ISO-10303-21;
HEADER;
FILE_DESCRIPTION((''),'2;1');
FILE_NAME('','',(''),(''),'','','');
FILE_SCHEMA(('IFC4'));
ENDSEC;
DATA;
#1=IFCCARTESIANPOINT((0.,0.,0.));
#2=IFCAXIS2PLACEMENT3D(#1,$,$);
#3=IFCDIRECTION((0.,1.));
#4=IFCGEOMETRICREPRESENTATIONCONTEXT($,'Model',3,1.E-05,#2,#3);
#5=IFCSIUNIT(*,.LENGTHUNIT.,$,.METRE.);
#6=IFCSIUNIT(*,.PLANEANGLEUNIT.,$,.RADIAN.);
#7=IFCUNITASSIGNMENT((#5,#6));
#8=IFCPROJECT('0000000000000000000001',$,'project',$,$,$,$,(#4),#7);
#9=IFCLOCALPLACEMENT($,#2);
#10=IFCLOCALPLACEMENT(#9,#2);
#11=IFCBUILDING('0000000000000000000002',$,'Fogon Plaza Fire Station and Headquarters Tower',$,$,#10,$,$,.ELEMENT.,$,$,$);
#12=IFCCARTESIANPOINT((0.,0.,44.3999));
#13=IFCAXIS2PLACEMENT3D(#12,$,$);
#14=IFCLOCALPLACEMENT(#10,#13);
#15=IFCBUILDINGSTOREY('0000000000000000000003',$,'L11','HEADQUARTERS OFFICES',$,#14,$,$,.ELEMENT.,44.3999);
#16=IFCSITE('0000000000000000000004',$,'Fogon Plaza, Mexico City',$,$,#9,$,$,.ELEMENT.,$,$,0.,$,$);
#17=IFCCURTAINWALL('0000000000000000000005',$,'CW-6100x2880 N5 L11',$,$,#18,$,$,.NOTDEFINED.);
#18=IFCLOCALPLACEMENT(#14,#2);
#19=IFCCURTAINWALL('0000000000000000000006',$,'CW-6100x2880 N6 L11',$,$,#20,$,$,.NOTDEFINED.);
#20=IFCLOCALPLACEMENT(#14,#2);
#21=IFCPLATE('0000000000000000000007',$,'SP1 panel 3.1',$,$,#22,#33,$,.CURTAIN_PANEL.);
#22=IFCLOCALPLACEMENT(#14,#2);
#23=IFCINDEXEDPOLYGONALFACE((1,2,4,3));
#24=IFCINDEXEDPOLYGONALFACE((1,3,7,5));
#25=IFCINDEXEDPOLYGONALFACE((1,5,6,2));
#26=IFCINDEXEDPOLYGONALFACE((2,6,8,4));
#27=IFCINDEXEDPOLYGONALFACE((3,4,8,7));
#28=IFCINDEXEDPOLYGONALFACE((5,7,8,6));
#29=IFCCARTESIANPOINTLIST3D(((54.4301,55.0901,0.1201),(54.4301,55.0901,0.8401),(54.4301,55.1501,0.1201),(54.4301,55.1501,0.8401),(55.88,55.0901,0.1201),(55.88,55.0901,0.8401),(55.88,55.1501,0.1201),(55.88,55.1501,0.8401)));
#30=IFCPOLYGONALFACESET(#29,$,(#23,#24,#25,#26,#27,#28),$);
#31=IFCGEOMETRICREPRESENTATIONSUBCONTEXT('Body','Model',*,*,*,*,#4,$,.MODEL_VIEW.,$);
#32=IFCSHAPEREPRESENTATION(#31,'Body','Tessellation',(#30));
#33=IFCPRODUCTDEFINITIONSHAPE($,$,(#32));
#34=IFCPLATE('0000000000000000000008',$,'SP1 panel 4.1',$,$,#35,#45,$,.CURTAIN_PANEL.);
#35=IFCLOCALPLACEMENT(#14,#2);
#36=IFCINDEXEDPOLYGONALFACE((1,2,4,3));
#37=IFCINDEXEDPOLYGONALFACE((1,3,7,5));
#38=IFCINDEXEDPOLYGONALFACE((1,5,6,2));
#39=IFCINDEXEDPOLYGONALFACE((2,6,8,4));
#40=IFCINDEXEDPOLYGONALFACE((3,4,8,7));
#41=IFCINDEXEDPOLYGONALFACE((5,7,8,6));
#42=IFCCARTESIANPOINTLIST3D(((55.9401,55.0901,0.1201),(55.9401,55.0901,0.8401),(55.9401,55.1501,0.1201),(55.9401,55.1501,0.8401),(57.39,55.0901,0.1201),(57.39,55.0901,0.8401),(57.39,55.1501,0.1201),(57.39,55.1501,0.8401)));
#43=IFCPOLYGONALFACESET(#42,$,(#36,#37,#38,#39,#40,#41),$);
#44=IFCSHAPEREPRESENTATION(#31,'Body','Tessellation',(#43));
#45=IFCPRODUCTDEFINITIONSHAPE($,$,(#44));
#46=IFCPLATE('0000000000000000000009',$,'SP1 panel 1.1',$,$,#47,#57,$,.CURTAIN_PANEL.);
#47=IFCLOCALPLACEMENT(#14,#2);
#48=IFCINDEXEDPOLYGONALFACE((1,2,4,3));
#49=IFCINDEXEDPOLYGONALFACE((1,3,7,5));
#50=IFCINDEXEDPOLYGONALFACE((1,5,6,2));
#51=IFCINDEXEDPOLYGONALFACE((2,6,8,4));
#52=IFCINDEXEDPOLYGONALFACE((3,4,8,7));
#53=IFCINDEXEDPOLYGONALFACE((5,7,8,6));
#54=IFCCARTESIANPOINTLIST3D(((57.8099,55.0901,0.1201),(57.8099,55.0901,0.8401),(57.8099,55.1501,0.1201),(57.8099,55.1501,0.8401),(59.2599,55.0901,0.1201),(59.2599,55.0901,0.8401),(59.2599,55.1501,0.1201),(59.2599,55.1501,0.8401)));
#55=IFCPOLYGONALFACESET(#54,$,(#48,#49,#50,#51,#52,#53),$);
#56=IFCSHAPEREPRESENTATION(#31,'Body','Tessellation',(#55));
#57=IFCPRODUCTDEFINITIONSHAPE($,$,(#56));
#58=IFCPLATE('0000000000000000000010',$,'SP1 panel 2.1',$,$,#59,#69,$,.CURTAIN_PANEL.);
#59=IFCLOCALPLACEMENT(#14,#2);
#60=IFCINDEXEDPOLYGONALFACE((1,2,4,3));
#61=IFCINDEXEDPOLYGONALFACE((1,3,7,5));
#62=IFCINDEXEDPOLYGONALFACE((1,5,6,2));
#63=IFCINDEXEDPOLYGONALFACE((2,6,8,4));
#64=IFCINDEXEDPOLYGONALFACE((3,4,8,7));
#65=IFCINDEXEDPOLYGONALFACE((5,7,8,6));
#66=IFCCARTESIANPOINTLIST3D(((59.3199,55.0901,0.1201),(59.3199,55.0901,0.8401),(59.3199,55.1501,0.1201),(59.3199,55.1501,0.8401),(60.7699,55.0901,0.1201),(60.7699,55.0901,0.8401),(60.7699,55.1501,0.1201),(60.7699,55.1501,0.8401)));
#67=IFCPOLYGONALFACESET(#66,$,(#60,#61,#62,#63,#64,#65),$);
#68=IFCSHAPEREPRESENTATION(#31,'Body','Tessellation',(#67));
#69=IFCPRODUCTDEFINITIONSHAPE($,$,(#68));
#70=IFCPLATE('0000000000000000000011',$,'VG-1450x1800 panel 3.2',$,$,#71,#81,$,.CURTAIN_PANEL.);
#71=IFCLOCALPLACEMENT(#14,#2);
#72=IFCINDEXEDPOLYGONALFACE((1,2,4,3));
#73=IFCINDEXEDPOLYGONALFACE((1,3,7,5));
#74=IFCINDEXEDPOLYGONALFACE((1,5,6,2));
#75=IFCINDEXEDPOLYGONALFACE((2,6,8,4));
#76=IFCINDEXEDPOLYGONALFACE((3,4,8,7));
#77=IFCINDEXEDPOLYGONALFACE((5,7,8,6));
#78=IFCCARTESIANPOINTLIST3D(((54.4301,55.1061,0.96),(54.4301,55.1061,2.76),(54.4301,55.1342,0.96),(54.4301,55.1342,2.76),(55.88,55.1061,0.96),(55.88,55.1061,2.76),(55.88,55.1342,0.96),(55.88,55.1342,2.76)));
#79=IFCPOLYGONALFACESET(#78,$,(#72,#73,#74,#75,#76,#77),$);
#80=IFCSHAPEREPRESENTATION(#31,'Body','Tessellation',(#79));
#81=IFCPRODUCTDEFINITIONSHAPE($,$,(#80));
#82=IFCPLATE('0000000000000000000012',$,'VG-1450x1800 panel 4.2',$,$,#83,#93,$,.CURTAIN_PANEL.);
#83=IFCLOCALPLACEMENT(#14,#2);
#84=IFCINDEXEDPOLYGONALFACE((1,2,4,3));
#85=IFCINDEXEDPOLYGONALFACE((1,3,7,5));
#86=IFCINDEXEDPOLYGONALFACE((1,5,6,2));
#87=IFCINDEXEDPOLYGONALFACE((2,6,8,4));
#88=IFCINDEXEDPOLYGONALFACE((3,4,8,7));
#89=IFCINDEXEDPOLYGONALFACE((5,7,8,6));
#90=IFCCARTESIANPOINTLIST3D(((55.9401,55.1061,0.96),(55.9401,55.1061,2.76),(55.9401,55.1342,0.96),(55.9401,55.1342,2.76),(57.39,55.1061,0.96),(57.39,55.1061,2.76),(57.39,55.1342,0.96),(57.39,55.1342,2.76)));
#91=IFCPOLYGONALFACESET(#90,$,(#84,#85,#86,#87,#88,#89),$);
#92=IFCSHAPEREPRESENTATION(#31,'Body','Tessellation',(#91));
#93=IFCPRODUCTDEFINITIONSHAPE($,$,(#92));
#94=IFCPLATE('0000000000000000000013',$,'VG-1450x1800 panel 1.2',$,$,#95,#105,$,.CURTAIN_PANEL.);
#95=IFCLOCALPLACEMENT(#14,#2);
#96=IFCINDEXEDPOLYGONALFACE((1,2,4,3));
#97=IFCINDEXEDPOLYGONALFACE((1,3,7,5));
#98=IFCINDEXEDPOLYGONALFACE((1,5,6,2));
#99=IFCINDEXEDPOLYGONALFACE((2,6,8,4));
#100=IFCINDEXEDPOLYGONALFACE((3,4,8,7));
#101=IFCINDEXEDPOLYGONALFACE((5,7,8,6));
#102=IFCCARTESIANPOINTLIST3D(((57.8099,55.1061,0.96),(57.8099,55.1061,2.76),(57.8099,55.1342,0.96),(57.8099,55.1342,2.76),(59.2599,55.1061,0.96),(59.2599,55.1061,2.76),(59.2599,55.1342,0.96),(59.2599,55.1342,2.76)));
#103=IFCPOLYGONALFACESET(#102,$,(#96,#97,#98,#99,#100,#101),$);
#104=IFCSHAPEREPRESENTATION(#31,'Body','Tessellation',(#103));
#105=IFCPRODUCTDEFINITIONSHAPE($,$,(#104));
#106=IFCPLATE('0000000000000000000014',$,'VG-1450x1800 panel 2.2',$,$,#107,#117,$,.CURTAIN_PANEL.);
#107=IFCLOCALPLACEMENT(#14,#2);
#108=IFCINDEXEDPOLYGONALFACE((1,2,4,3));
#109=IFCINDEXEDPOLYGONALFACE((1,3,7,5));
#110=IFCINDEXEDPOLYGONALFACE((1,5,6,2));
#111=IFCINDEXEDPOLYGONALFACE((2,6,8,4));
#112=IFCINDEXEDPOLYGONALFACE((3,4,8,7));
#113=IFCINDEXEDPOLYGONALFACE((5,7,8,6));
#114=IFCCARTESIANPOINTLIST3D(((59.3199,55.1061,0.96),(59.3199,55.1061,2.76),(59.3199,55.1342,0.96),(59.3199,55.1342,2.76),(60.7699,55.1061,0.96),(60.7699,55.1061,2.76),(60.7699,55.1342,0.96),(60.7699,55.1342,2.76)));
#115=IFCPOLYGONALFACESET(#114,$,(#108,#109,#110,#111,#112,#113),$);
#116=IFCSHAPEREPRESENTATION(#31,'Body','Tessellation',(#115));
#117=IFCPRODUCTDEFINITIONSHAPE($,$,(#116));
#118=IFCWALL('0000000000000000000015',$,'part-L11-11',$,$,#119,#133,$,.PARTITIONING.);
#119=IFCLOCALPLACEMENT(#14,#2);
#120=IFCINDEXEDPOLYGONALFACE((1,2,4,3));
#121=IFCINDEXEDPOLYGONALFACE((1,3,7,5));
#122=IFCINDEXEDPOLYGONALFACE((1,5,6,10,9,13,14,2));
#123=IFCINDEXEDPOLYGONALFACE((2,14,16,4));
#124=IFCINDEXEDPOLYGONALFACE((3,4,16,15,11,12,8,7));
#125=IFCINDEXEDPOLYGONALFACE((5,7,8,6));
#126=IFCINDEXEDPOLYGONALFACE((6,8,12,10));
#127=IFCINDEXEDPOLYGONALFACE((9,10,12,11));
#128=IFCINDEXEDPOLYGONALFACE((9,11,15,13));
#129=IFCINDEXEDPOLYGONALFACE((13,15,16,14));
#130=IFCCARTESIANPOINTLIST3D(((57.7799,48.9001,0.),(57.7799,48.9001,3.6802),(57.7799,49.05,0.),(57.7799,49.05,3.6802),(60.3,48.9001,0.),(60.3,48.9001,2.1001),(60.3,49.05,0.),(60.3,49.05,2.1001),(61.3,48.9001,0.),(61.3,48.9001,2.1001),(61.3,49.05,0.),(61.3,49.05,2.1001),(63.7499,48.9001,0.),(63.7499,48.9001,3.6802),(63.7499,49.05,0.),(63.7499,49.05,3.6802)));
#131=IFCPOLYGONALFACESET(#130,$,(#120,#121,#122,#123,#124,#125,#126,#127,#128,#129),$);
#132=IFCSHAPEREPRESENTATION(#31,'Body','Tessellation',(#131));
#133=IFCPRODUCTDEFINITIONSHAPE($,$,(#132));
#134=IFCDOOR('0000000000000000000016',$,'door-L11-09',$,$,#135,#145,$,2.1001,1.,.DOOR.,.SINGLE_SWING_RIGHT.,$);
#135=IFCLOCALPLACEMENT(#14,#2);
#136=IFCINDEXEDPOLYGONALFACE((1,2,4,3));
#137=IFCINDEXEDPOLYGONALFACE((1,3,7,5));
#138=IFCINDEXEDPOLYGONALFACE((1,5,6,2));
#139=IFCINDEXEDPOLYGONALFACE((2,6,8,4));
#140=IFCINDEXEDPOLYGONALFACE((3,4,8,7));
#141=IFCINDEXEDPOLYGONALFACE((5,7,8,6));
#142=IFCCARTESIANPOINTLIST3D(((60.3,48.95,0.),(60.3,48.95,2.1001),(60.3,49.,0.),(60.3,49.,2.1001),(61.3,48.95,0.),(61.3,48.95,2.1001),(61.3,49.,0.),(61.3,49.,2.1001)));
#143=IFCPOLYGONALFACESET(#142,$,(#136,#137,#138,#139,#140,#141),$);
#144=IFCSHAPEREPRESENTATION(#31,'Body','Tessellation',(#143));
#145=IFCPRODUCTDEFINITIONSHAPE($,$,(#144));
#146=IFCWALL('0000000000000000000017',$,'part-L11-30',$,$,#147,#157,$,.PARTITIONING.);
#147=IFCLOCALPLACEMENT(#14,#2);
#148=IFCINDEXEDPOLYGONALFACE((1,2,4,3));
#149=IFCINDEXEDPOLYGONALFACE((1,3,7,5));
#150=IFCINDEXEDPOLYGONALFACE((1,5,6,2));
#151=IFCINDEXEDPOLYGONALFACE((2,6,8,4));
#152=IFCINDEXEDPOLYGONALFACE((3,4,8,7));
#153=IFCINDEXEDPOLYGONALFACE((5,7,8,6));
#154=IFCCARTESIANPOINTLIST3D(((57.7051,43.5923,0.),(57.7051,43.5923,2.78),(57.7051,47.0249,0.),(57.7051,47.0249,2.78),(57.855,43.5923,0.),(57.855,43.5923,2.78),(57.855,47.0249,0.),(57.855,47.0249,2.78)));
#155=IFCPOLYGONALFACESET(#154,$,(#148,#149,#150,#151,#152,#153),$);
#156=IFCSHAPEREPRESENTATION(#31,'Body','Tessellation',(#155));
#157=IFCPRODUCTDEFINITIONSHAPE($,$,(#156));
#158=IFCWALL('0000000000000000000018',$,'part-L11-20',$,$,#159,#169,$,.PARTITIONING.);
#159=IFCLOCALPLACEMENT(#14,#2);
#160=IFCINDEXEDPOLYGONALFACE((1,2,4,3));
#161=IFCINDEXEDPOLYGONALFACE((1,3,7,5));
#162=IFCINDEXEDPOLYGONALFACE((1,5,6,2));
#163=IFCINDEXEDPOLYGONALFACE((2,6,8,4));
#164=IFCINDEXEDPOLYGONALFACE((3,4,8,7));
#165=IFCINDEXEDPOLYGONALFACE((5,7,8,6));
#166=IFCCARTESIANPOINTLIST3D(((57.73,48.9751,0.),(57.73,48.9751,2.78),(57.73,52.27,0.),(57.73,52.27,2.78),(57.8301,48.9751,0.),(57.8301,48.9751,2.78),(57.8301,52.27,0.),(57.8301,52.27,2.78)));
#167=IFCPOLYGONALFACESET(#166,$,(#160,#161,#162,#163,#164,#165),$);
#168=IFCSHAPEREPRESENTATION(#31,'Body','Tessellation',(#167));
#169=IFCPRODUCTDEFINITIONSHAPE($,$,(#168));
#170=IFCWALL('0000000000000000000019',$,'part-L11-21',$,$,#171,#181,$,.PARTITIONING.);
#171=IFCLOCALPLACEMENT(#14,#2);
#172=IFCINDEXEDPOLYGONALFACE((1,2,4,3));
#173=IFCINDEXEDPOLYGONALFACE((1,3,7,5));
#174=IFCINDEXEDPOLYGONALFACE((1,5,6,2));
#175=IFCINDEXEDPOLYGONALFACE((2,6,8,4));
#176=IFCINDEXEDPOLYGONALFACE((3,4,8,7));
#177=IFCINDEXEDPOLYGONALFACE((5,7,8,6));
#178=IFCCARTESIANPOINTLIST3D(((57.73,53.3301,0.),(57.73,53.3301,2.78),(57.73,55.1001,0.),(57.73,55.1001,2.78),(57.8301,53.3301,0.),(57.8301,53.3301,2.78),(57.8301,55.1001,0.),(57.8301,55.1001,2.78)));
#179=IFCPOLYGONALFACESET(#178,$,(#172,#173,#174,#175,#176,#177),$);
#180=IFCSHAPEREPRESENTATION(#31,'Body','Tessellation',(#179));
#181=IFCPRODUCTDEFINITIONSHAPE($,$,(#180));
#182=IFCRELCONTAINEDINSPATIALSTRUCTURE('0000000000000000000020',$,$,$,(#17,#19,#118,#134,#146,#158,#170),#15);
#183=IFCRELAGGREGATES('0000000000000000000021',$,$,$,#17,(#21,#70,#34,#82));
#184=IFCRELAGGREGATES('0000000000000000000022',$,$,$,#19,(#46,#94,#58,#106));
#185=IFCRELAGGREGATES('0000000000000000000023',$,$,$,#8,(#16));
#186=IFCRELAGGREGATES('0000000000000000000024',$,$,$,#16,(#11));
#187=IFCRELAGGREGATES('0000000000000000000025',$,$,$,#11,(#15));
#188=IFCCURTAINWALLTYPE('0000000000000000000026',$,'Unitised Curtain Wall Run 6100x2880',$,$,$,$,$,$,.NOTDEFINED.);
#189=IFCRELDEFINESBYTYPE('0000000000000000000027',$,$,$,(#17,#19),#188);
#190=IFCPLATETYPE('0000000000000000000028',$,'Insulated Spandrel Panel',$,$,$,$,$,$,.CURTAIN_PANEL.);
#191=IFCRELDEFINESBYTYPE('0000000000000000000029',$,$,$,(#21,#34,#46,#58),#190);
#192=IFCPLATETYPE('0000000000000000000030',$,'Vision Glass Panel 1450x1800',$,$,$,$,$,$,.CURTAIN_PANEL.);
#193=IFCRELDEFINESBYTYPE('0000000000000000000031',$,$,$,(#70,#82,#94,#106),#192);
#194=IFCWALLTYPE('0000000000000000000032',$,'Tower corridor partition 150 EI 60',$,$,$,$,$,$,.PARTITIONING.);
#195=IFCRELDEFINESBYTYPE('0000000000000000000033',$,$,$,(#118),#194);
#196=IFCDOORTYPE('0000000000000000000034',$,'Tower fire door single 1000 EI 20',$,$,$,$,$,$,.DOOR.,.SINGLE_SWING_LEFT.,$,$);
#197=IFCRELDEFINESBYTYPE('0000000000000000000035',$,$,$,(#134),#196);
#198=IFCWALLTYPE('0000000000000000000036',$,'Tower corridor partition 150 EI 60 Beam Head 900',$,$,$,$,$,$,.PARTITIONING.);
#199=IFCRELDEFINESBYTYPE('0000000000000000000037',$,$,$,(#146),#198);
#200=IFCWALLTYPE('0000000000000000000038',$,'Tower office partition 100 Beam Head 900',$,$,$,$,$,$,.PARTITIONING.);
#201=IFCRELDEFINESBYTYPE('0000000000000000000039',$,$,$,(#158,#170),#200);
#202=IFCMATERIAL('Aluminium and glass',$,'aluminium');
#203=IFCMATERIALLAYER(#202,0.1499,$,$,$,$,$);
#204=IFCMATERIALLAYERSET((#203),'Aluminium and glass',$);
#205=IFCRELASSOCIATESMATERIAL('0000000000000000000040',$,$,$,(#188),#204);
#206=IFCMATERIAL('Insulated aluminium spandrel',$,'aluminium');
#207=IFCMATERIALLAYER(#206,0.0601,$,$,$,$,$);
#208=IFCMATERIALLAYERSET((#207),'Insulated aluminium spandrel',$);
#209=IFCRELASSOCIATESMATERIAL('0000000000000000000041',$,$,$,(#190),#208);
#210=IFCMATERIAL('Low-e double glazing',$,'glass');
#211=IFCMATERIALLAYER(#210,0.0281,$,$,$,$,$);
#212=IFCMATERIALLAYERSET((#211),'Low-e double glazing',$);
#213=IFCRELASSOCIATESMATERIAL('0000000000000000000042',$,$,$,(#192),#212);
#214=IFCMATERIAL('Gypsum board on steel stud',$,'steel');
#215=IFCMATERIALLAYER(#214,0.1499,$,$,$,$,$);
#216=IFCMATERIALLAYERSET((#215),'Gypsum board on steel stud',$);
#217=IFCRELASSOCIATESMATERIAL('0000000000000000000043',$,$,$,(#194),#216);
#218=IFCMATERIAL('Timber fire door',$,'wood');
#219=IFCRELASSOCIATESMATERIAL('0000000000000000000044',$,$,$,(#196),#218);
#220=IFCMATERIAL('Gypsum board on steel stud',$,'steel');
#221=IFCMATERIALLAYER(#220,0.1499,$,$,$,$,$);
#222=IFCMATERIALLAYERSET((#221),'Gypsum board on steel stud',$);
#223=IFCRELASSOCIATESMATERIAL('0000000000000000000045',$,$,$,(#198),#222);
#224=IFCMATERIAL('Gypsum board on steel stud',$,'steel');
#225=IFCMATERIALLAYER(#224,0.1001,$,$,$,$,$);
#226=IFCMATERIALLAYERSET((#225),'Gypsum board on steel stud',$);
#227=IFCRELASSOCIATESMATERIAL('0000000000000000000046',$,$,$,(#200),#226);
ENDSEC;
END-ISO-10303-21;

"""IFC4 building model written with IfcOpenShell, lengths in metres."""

from ifc_helpers import new_model, si_unit, direction, frame, frame_2d, origin, origin_2d, place, context, subcontext, project, spatial, rectangle, extrude, material, layer, layer_set, type_object, element, fill, aggregate, save


model = new_model("IFC4")

# Units and contexts
model_context = context("Model", 3, precision=1e-05, world=origin(), true_north=direction((0.0, 1.0)))
body_context = subcontext(model_context, "Body", "Model", "MODEL_VIEW")
ifc_project = project(units=[si_unit("LENGTHUNIT", "METRE"), si_unit("PLANEANGLEUNIT", "RADIAN")], contexts=[model_context])

# Site, building, storey
site_placement = place(None, origin())
site = spatial("IfcSite", under=ifc_project, at=site_placement, Name="Fogon Plaza, Mexico City", CompositionType="ELEMENT", RefElevation=0.0)
building_placement = place(site_placement, origin())
building = spatial("IfcBuilding", under=site, at=building_placement, Name="Fogon Plaza Fire Station and Headquarters Tower", CompositionType="ELEMENT")
storey_placement = place(building_placement, frame((0.0, 0.0, 44.3999)))
storey = spatial("IfcBuildingStorey", under=building, at=storey_placement, Name="L11", Description="HEADQUARTERS OFFICES", CompositionType="ELEMENT", Elevation=44.3999)

# Curtain walls
ifc_material_1 = material(Name="Aluminium and glass", Category="aluminium")
ifc_layer_1 = layer(ifc_material_1, 0.1499)
ifc_layer_set_1 = layer_set([ifc_layer_1], Name="Aluminium and glass")
curtain_wall_type = type_object("IfcCurtainWallType", Name="Unitised Curtain Wall Run 6100x2880", PredefinedType="NOTDEFINED", material=ifc_layer_set_1)
curtain_wall_1_placement = place(storey_placement, origin())
curtain_wall_1 = element("IfcCurtainWall", 1, at=curtain_wall_1_placement, inside=storey, type_object=curtain_wall_type, Name="CW-6100x2880 N5 L11", PredefinedType="NOTDEFINED")
curtain_wall_2_placement = place(storey_placement, origin())
curtain_wall_2 = element("IfcCurtainWall", 2, at=curtain_wall_2_placement, inside=storey, type_object=curtain_wall_type, Name="CW-6100x2880 N6 L11", PredefinedType="NOTDEFINED")

# Plates
ifc_material_2 = material(Name="Insulated aluminium spandrel", Category="aluminium")
ifc_layer_2 = layer(ifc_material_2, 0.0601)
ifc_layer_set_2 = layer_set([ifc_layer_2], Name="Insulated aluminium spandrel")
plate_type_1 = type_object("IfcPlateType", Name="Insulated Spandrel Panel", PredefinedType="CURTAIN_PANEL", material=ifc_layer_set_2)
plate_1_placement = place(storey_placement, frame((55.155, 55.1201, 0.1201), z_axis=(0.0, 0.0, 1.0), x_axis=(1.0, 0.0, 0.0)))
plate_1 = element("IfcPlate", 3, at=plate_1_placement, type_object=plate_type_1, Name="SP1 panel 3.1", PredefinedType="CURTAIN_PANEL", context=body_context, shape_type="SweptSolid", body=[
    extrude(rectangle(XDim=1.45, YDim=0.0601, at=origin_2d()), origin(), (0.0, 0.0, 1.0), 0.72),
])
plate_2_placement = place(storey_placement, frame((56.665, 55.1201, 0.1201), z_axis=(0.0, 0.0, 1.0), x_axis=(1.0, 0.0, 0.0)))
plate_2 = element("IfcPlate", 4, at=plate_2_placement, type_object=plate_type_1, Name="SP1 panel 4.1", PredefinedType="CURTAIN_PANEL", context=body_context, shape_type="SweptSolid", body=[
    extrude(rectangle(XDim=1.45, YDim=0.0601, at=origin_2d()), origin(), (0.0, 0.0, 1.0), 0.72),
])
plate_3_placement = place(storey_placement, frame((58.5349, 55.1201, 0.1201), z_axis=(0.0, 0.0, 1.0), x_axis=(1.0, 0.0, 0.0)))
plate_3 = element("IfcPlate", 5, at=plate_3_placement, type_object=plate_type_1, Name="SP1 panel 1.1", PredefinedType="CURTAIN_PANEL", context=body_context, shape_type="SweptSolid", body=[
    extrude(rectangle(XDim=1.45, YDim=0.0601, at=origin_2d()), origin(), (0.0, 0.0, 1.0), 0.72),
])
plate_4_placement = place(storey_placement, frame((60.0449, 55.1201, 0.1201), z_axis=(0.0, 0.0, 1.0), x_axis=(1.0, 0.0, 0.0)))
plate_4 = element("IfcPlate", 6, at=plate_4_placement, type_object=plate_type_1, Name="SP1 panel 2.1", PredefinedType="CURTAIN_PANEL", context=body_context, shape_type="SweptSolid", body=[
    extrude(rectangle(XDim=1.45, YDim=0.0601, at=origin_2d()), origin(), (0.0, 0.0, 1.0), 0.72),
])
ifc_material_3 = material(Name="Low-e double glazing", Category="glass")
ifc_layer_3 = layer(ifc_material_3, 0.0281)
ifc_layer_set_3 = layer_set([ifc_layer_3], Name="Low-e double glazing")
plate_type_2 = type_object("IfcPlateType", Name="Vision Glass Panel 1450x1800", PredefinedType="CURTAIN_PANEL", material=ifc_layer_set_3)
plate_5_placement = place(storey_placement, frame((55.155, 55.1201, 0.96), z_axis=(0.0, 0.0, 1.0), x_axis=(1.0, 0.0, 0.0)))
plate_5 = element("IfcPlate", 7, at=plate_5_placement, type_object=plate_type_2, Name="VG-1450x1800 panel 3.2", PredefinedType="CURTAIN_PANEL", context=body_context, shape_type="SweptSolid", body=[
    extrude(rectangle(XDim=1.45, YDim=0.0281, at=origin_2d()), origin(), (0.0, 0.0, 1.0), 1.8),
])
plate_6_placement = place(storey_placement, frame((56.665, 55.1201, 0.96), z_axis=(0.0, 0.0, 1.0), x_axis=(1.0, 0.0, 0.0)))
plate_6 = element("IfcPlate", 8, at=plate_6_placement, type_object=plate_type_2, Name="VG-1450x1800 panel 4.2", PredefinedType="CURTAIN_PANEL", context=body_context, shape_type="SweptSolid", body=[
    extrude(rectangle(XDim=1.45, YDim=0.0281, at=origin_2d()), origin(), (0.0, 0.0, 1.0), 1.8),
])
aggregate(curtain_wall_1, [plate_1, plate_5, plate_2, plate_6])
plate_7_placement = place(storey_placement, frame((58.5349, 55.1201, 0.96), z_axis=(0.0, 0.0, 1.0), x_axis=(1.0, 0.0, 0.0)))
plate_7 = element("IfcPlate", 9, at=plate_7_placement, type_object=plate_type_2, Name="VG-1450x1800 panel 1.2", PredefinedType="CURTAIN_PANEL", context=body_context, shape_type="SweptSolid", body=[
    extrude(rectangle(XDim=1.45, YDim=0.0281, at=origin_2d()), origin(), (0.0, 0.0, 1.0), 1.8),
])
plate_8_placement = place(storey_placement, frame((60.0449, 55.1201, 0.96), z_axis=(0.0, 0.0, 1.0), x_axis=(1.0, 0.0, 0.0)))
plate_8 = element("IfcPlate", 10, at=plate_8_placement, type_object=plate_type_2, Name="VG-1450x1800 panel 2.2", PredefinedType="CURTAIN_PANEL", context=body_context, shape_type="SweptSolid", body=[
    extrude(rectangle(XDim=1.45, YDim=0.0281, at=origin_2d()), origin(), (0.0, 0.0, 1.0), 1.8),
])
aggregate(curtain_wall_2, [plate_3, plate_7, plate_4, plate_8])

# Wall, opening, door
ifc_material_4 = material(Name="Gypsum board on steel stud", Category="steel")
ifc_layer_4 = layer(ifc_material_4, 0.1499)
ifc_layer_set_4 = layer_set([ifc_layer_4], Name="Gypsum board on steel stud")
wall_type_1 = type_object("IfcWallType", Name="Tower corridor partition 150 EI 60", PredefinedType="PARTITIONING", material=ifc_layer_set_4)
wall_1_placement = place(storey_placement, frame((57.78, 48.9751, 0.0), z_axis=(0.0, 0.0, 1.0), x_axis=(1.0, 0.0, 0.0)))
wall_1 = element("IfcWall", 11, at=wall_1_placement, inside=storey, type_object=wall_type_1, Name="part-L11-11", PredefinedType="PARTITIONING", context=body_context, shape_type="SweptSolid", body=[
    extrude(rectangle(XDim=5.97, YDim=0.1499, at=frame_2d((2.9849, 0.0))), origin(), (0.0, 0.0, 1.0), 3.6802),
])
opening_placement = place(wall_1_placement, frame((2.52, 0.0, 0.0)))
opening = element("IfcOpeningElement", 12, at=opening_placement, cuts=wall_1, PredefinedType="OPENING", context=body_context, shape_type="SweptSolid", body=[
    extrude(rectangle(XDim=1.0, YDim=2.1001, at=frame_2d((0.5, 1.05))), frame((0.0, 0.085, 0.0), z_axis=(0.0, -1.0, 0.0), x_axis=(1.0, 0.0, 0.0)), (0.0, 0.0, 1.0), 0.1699),
])
ifc_material_5 = material(Name="Timber fire door", Category="wood")
door_type = type_object("IfcDoorType", Name="Tower fire door single 1000 EI 20", OperationType="SINGLE_SWING_LEFT", PredefinedType="DOOR", material=ifc_material_5)
door_placement = place(opening_placement, origin())
door = element("IfcDoor", 13, at=door_placement, inside=storey, type_object=door_type, Name="door-L11-09", OperationType="SINGLE_SWING_RIGHT", OverallHeight=2.1001, OverallWidth=1.0, PredefinedType="DOOR", context=body_context, shape_type="SweptSolid", body=[
    extrude(rectangle(XDim=1.0, YDim=2.1001, at=frame_2d((0.5, 1.05))), frame((0.0, 0.0249, 0.0), z_axis=(0.0, -1.0, 0.0), x_axis=(1.0, 0.0, 0.0)), (0.0, 0.0, 1.0), 0.05),
])
fill(opening, door)

# Walls
ifc_material_6 = material(Name="Gypsum board on steel stud", Category="steel")
ifc_layer_5 = layer(ifc_material_6, 0.1499)
ifc_layer_set_5 = layer_set([ifc_layer_5], Name="Gypsum board on steel stud")
wall_type_2 = type_object("IfcWallType", Name="Tower corridor partition 150 EI 60 Beam Head 900", PredefinedType="PARTITIONING", material=ifc_layer_set_5)
wall_2_placement = place(storey_placement, frame((57.78, 43.5923, 0.0), z_axis=(0.0, 0.0, 1.0), x_axis=(0.0, 1.0, 0.0)))
element("IfcWall", 14, at=wall_2_placement, inside=storey, type_object=wall_type_2, Name="part-L11-30", PredefinedType="PARTITIONING", context=body_context, shape_type="SweptSolid", body=[
    extrude(rectangle(XDim=3.4326, YDim=0.1499, at=frame_2d((1.7163, 0.0))), origin(), (0.0, 0.0, 1.0), 2.78),
])
ifc_material_7 = material(Name="Gypsum board on steel stud", Category="steel")
ifc_layer_6 = layer(ifc_material_7, 0.1001)
ifc_layer_set_6 = layer_set([ifc_layer_6], Name="Gypsum board on steel stud")
wall_type_3 = type_object("IfcWallType", Name="Tower office partition 100 Beam Head 900", PredefinedType="PARTITIONING", material=ifc_layer_set_6)
wall_3_placement = place(storey_placement, frame((57.78, 48.9751, 0.0), z_axis=(0.0, 0.0, 1.0), x_axis=(0.0, 1.0, 0.0)))
element("IfcWall", 15, at=wall_3_placement, inside=storey, type_object=wall_type_3, Name="part-L11-20", PredefinedType="PARTITIONING", context=body_context, shape_type="SweptSolid", body=[
    extrude(rectangle(XDim=3.2949, YDim=0.1001, at=frame_2d((1.6475, 0.0))), origin(), (0.0, 0.0, 1.0), 2.78),
])
wall_4_placement = place(storey_placement, frame((57.78, 53.3301, 0.0), z_axis=(0.0, 0.0, 1.0), x_axis=(0.0, 1.0, 0.0)))
element("IfcWall", 16, at=wall_4_placement, inside=storey, type_object=wall_type_3, Name="part-L11-21", PredefinedType="PARTITIONING", context=body_context, shape_type="SweptSolid", body=[
    extrude(rectangle(XDim=1.77, YDim=0.1001, at=frame_2d((0.885, 0.0))), origin(), (0.0, 0.0, 1.0), 2.78),
])

save(model, "model.ifc")
